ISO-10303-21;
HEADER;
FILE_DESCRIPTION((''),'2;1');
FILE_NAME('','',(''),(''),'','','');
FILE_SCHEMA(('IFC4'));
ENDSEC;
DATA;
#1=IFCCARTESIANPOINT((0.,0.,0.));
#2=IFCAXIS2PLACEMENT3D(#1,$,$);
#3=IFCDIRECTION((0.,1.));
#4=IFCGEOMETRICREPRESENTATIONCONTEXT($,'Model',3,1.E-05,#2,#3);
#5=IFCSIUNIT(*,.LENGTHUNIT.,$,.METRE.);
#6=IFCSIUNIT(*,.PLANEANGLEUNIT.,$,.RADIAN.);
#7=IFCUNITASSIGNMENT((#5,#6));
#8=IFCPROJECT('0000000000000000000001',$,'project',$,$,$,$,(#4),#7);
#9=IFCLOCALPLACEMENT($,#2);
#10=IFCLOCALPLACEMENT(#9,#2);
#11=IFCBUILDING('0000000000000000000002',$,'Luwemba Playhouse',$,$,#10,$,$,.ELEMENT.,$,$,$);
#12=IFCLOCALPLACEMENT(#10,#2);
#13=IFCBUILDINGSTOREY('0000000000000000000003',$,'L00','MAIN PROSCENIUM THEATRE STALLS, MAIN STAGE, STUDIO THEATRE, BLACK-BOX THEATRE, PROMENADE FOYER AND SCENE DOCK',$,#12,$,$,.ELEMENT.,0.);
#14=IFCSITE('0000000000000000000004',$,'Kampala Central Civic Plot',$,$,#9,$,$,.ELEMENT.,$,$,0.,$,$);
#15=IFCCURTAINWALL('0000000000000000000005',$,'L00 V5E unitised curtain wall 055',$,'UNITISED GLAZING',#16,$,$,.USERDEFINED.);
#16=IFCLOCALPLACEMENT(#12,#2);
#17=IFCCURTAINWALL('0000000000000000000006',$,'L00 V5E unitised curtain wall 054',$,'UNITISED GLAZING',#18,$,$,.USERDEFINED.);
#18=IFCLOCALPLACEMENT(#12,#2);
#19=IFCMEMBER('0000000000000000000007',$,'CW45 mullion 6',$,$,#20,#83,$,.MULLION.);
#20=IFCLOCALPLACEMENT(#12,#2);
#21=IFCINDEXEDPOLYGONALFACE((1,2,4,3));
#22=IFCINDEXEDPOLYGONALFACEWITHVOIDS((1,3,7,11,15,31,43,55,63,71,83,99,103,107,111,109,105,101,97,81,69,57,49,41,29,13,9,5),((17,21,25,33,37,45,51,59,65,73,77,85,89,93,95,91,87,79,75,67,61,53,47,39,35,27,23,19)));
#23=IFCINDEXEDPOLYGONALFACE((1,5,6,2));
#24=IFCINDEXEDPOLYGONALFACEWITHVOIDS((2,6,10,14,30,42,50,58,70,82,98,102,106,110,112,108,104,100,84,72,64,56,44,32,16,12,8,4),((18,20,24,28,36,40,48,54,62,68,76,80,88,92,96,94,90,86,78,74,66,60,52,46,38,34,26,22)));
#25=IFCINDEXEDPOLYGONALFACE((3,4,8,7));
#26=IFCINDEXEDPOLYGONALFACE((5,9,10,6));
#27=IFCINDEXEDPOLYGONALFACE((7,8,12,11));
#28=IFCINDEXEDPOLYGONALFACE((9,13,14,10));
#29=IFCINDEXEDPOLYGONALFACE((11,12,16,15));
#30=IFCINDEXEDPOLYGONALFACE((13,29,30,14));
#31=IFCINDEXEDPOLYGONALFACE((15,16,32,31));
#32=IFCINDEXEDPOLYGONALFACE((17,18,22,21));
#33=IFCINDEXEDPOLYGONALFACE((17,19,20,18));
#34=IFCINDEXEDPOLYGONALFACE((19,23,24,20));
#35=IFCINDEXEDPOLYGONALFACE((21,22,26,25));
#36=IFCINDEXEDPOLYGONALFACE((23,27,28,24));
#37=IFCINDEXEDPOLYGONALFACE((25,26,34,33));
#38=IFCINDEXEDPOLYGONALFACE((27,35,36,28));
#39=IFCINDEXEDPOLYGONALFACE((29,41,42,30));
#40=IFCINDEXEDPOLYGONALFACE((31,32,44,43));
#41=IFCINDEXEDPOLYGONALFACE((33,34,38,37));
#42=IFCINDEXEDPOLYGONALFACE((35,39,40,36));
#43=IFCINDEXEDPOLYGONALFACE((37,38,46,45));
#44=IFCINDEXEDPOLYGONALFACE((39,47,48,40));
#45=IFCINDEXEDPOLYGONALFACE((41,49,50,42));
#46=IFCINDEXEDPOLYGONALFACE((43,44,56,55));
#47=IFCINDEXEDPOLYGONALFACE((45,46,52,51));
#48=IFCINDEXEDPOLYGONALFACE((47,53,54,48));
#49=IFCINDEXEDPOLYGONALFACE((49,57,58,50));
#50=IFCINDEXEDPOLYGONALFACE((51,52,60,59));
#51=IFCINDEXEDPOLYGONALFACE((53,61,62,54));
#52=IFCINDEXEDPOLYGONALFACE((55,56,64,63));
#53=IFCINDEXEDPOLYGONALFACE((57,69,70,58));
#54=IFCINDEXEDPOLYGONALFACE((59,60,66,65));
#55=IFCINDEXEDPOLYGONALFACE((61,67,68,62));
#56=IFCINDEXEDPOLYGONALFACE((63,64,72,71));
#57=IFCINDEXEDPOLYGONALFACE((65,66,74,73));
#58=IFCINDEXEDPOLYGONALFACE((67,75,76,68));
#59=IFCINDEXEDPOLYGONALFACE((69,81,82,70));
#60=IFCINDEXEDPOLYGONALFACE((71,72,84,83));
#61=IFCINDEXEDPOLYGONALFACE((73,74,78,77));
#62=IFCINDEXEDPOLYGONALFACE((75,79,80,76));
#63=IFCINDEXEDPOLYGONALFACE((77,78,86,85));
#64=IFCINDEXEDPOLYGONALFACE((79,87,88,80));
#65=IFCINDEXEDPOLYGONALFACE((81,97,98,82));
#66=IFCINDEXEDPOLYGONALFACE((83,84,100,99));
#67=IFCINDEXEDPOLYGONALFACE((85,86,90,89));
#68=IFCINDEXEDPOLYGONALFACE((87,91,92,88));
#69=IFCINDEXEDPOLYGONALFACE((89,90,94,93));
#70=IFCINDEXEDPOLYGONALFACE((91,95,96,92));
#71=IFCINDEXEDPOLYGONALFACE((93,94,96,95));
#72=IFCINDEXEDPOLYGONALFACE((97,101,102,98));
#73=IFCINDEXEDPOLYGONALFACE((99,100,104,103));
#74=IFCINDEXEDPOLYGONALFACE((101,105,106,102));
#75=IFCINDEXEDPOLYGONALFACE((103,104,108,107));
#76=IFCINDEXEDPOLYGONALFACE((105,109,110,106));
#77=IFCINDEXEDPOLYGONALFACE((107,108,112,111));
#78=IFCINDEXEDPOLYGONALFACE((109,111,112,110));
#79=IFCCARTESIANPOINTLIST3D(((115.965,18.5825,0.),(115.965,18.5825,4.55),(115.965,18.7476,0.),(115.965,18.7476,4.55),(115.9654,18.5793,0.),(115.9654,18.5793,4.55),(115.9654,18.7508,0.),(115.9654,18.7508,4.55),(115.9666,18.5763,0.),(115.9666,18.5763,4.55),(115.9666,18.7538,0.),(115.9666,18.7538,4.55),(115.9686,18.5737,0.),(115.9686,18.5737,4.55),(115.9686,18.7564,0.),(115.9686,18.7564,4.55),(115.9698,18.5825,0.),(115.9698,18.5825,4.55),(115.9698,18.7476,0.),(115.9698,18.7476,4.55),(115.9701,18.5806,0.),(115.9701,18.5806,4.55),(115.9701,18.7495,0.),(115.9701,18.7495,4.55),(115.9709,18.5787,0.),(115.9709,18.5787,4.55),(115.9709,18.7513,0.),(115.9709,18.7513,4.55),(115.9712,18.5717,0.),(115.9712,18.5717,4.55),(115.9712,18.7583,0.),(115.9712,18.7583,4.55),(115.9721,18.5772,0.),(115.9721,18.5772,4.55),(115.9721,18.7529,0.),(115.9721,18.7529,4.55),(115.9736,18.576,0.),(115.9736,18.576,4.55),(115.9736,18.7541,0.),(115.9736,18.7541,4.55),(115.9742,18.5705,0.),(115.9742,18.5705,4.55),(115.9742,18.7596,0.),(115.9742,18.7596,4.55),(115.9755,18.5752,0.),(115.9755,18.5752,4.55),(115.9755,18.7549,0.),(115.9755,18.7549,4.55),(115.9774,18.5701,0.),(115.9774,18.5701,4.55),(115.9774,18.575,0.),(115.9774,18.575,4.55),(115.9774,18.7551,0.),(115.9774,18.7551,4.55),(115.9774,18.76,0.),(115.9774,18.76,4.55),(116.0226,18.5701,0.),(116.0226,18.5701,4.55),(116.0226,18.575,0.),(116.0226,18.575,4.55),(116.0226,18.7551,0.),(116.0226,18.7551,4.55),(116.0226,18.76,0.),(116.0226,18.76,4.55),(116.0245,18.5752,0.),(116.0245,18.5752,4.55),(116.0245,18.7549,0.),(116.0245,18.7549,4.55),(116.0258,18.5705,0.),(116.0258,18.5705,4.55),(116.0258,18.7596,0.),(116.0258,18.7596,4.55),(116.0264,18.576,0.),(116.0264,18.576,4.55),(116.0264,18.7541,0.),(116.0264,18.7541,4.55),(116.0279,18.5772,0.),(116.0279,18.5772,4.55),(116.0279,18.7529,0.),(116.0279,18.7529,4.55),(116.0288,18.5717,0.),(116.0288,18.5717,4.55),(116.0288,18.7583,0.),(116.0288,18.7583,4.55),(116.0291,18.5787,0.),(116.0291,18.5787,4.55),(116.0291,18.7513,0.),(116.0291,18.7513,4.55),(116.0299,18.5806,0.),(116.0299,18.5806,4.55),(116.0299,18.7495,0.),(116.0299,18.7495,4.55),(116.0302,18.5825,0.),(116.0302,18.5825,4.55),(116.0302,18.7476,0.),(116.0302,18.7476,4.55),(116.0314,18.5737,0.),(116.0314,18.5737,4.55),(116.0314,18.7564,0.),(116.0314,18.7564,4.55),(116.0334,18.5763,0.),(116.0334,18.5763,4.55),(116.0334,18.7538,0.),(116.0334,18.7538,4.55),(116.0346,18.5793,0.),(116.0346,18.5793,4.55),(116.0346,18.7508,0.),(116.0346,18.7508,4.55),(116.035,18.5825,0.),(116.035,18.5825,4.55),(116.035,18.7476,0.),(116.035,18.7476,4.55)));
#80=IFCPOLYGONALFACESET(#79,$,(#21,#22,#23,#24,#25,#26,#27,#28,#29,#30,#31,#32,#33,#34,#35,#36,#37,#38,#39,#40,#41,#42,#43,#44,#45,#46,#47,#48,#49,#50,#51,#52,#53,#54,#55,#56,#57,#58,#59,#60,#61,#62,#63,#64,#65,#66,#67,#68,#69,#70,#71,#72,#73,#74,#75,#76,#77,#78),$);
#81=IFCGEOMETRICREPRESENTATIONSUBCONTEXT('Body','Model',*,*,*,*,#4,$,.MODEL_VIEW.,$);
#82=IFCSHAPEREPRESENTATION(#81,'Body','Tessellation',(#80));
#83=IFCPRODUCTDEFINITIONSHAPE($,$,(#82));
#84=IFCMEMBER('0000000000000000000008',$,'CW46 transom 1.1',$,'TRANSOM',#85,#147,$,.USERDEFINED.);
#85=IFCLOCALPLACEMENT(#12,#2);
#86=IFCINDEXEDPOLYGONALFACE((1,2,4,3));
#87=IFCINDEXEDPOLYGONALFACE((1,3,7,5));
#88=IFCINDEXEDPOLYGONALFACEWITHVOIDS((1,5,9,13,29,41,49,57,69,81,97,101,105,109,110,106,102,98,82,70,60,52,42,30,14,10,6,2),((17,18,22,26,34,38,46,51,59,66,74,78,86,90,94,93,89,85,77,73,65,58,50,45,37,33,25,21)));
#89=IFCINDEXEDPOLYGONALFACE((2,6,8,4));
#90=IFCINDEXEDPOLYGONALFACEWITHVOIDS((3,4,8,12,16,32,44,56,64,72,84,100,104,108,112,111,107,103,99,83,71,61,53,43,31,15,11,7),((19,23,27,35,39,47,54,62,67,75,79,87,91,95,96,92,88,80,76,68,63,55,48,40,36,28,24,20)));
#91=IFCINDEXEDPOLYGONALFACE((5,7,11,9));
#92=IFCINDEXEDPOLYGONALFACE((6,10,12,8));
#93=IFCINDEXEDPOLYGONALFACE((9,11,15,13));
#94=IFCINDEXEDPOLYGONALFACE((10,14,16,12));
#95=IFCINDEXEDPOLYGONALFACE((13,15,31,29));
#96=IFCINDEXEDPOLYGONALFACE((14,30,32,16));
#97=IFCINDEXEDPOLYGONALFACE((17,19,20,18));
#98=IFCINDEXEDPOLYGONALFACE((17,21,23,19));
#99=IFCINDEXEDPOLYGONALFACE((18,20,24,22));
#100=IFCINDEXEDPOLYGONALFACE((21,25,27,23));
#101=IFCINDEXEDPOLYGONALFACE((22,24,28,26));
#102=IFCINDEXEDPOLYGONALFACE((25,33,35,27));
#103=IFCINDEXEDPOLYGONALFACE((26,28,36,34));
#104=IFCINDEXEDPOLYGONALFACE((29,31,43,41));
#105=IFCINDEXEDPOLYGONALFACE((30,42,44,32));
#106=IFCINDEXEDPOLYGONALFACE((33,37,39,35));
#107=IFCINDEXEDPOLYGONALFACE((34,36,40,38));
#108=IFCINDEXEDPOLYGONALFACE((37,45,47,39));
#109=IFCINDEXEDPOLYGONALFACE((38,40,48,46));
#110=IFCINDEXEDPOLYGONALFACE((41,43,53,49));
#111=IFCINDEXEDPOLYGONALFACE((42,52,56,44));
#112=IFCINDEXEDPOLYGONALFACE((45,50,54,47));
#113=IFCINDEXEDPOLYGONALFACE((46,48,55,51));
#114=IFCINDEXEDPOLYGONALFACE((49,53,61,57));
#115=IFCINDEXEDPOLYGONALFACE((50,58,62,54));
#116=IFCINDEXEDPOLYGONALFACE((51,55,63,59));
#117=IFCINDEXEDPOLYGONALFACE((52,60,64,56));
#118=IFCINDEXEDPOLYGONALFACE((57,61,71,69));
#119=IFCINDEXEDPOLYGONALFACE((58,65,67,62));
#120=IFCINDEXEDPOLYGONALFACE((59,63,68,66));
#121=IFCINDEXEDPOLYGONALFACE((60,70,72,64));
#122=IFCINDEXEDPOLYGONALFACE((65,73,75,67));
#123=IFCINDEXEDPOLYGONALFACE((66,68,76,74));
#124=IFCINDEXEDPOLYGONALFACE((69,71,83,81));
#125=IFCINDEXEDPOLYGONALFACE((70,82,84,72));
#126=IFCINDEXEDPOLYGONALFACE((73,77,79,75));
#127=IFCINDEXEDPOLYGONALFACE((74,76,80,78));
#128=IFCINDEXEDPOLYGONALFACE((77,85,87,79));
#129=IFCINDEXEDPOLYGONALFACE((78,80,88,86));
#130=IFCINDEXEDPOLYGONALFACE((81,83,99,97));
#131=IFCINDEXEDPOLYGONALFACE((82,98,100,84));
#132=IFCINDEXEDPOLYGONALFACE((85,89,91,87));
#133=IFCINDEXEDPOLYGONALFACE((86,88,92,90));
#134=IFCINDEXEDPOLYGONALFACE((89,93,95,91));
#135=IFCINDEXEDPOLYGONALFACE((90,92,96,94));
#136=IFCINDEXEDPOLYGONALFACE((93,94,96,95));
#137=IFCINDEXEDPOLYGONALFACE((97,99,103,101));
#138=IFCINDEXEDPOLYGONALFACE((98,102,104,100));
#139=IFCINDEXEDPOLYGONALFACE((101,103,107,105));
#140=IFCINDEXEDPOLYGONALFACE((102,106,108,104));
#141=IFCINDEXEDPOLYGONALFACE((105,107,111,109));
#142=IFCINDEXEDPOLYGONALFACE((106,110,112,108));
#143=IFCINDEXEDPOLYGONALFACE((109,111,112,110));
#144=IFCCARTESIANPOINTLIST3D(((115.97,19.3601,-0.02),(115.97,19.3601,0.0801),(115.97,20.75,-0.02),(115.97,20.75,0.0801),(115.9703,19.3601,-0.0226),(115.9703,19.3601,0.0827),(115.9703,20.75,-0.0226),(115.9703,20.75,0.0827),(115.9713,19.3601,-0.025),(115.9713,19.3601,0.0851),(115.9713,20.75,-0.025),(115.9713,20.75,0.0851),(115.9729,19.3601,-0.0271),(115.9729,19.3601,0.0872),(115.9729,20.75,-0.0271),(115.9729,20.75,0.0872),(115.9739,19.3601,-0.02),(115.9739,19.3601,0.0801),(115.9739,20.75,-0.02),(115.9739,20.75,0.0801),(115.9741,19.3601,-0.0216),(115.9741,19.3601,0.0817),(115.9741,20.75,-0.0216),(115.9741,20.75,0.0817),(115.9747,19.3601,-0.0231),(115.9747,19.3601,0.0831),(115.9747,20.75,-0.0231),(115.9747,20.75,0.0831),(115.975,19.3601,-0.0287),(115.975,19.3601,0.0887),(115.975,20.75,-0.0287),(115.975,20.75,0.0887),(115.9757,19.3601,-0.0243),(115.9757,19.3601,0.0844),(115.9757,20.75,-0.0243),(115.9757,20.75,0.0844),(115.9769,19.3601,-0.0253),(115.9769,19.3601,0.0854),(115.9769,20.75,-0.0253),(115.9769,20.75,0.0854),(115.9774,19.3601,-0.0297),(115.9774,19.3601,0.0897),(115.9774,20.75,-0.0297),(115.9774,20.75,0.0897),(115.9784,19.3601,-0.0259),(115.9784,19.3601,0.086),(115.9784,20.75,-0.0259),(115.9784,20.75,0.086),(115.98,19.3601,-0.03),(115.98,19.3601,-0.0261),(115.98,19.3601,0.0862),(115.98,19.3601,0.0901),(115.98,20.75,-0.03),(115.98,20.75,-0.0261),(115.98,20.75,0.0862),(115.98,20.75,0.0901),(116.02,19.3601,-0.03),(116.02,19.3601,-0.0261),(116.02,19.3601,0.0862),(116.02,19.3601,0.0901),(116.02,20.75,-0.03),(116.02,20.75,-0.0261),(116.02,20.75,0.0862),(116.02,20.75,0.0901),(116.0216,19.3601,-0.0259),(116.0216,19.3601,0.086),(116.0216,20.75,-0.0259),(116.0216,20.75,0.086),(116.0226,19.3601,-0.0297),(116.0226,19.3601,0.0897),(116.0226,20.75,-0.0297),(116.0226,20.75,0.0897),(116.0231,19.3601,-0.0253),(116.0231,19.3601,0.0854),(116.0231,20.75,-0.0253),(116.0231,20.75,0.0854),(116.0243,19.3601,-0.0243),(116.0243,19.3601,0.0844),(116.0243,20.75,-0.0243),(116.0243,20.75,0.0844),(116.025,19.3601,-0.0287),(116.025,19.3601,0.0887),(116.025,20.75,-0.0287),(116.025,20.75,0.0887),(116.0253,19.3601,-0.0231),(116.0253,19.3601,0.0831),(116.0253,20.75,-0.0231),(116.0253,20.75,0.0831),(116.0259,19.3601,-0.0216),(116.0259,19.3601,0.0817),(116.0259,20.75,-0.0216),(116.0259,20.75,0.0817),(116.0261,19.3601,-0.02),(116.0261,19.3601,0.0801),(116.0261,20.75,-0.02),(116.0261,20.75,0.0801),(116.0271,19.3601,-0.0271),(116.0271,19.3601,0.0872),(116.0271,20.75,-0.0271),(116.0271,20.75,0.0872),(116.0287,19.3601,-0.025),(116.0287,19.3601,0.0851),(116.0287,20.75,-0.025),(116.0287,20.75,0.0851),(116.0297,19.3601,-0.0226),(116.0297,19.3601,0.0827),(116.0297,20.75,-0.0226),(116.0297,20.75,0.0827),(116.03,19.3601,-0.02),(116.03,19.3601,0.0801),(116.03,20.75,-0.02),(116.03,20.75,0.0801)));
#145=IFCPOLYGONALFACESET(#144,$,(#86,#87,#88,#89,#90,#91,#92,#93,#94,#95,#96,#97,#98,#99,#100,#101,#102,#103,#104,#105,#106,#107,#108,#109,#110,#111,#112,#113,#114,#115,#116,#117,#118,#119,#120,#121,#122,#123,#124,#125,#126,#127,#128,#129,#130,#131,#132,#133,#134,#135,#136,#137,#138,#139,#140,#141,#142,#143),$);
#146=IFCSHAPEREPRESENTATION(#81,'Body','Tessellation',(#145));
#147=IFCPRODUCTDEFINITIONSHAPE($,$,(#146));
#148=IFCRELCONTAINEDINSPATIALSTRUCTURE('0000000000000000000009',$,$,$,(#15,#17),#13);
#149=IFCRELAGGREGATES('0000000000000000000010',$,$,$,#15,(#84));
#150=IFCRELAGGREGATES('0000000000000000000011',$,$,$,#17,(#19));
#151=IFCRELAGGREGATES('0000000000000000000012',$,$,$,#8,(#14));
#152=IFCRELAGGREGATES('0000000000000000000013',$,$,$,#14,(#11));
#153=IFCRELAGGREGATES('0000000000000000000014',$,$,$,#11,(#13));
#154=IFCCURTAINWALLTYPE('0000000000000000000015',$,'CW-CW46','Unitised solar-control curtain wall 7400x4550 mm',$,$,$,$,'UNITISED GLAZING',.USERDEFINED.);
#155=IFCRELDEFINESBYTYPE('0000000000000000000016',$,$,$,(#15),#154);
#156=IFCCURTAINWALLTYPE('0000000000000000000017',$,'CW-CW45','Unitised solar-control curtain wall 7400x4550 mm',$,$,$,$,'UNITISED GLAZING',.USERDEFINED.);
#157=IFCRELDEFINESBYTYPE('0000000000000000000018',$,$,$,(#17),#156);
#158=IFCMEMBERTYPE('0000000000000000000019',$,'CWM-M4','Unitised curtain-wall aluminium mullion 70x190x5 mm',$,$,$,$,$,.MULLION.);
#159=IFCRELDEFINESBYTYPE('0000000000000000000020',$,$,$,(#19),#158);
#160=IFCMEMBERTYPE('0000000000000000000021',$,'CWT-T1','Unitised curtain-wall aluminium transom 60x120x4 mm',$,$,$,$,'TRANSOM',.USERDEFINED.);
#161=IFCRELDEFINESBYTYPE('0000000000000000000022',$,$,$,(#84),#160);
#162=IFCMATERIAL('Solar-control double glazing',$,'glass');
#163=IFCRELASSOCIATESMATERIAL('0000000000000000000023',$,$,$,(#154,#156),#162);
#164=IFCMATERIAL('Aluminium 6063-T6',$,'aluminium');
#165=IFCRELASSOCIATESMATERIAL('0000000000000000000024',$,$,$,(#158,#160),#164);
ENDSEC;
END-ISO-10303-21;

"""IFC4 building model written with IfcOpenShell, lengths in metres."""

from ifc_helpers import new_model, si_unit, direction, frame, origin, origin_2d, place, context, subcontext, project, spatial, hollow_rectangle, extrude, material, material_profile, profile_set, type_object, element, aggregate, save


model = new_model("IFC4")

# Units and contexts
model_context = context("Model", 3, precision=1e-05, world=origin(), true_north=direction((0.0, 1.0)))
body_context = subcontext(model_context, "Body", "Model", "MODEL_VIEW")
ifc_project = project(units=[si_unit("LENGTHUNIT", "METRE"), si_unit("PLANEANGLEUNIT", "RADIAN")], contexts=[model_context])

# Site, building, storey
site_placement = place(None, origin())
site = spatial("IfcSite", under=ifc_project, at=site_placement, Name="Kampala Central Civic Plot", CompositionType="ELEMENT", RefElevation=0.0)
building_placement = place(site_placement, origin())
building = spatial("IfcBuilding", under=site, at=building_placement, Name="Luwemba Playhouse", CompositionType="ELEMENT")
storey_placement = place(building_placement, origin())
storey = spatial("IfcBuildingStorey", under=building, at=storey_placement, Name="L00", Description="MAIN PROSCENIUM THEATRE STALLS, MAIN STAGE, STUDIO THEATRE, BLACK-BOX THEATRE, PROMENADE FOYER AND SCENE DOCK", CompositionType="ELEMENT", Elevation=0.0)

# Curtain wall
ifc_material_1 = material(Name="Solar-control double glazing", Category="glass")
curtain_wall_type_1 = type_object("IfcCurtainWallType", Name="CW-CW46", Description="Unitised solar-control curtain wall 7400x4550 mm", ElementType="UNITISED GLAZING", PredefinedType="USERDEFINED", material=ifc_material_1)
curtain_wall_1_placement = place(storey_placement, origin())
curtain_wall_1 = element("IfcCurtainWall", 1, at=curtain_wall_1_placement, inside=storey, type_object=curtain_wall_type_1, Name="L00 V5E unitised curtain wall 055", ObjectType="UNITISED GLAZING", PredefinedType="USERDEFINED")
ifc_material_2 = material(Name="Aluminium 6063-T6", Category="aluminium")

# Curtain wall, member
curtain_wall_type_2 = type_object("IfcCurtainWallType", Name="CW-CW45", Description="Unitised solar-control curtain wall 7400x4550 mm", ElementType="UNITISED GLAZING", PredefinedType="USERDEFINED", material=ifc_material_1)
curtain_wall_2_placement = place(storey_placement, origin())
curtain_wall_2 = element("IfcCurtainWall", 2, at=curtain_wall_2_placement, inside=storey, type_object=curtain_wall_type_2, Name="L00 V5E unitised curtain wall 054", ObjectType="UNITISED GLAZING", PredefinedType="USERDEFINED")
ifc_material_profile_1 = material_profile(ifc_material_2, hollow_rectangle(XDim=0.0701, YDim=0.1899, WallThickness=0.0049, InnerFilletRadius=0.0076, OuterFilletRadius=0.0125, at=origin_2d()))
ifc_profile_set_1 = profile_set([ifc_material_profile_1], Name="Aluminium 6063-T6")
member_type_1 = type_object("IfcMemberType", Name="CWM-M4", Description="Unitised curtain-wall aluminium mullion 70x190x5 mm", PredefinedType="MULLION", material=ifc_profile_set_1)
member_1_placement = place(storey_placement, frame((116.0, 18.665, 0.0), z_axis=(0.0, 0.0, 1.0), x_axis=(-1.0, 0.0, 0.0)))
member_1 = element("IfcMember", 3, at=member_1_placement, type_object=member_type_1, Name="CW45 mullion 6", PredefinedType="MULLION", context=body_context, shape_type="SweptSolid", body=[
    extrude(hollow_rectangle(XDim=0.0701, YDim=0.1899, WallThickness=0.0049, InnerFilletRadius=0.0076, OuterFilletRadius=0.0125, at=origin_2d()), origin(), (0.0, 0.0, 1.0), 4.55),
])

# Member
ifc_material_profile_2 = material_profile(ifc_material_2, hollow_rectangle(XDim=0.0601, YDim=0.1201, WallThickness=0.0039, InnerFilletRadius=0.0061, OuterFilletRadius=0.01, at=origin_2d()))
ifc_profile_set_2 = profile_set([ifc_material_profile_2], Name="Aluminium 6063-T6")
member_type_2 = type_object("IfcMemberType", Name="CWT-T1", Description="Unitised curtain-wall aluminium transom 60x120x4 mm", ElementType="TRANSOM", PredefinedType="USERDEFINED", material=ifc_profile_set_2)
member_2_placement = place(storey_placement, frame((116.0, 19.3601, 0.03), z_axis=(0.0, 1.0, 0.0), x_axis=(-1.0, 0.0, 0.0)))
member_2 = element("IfcMember", 4, at=member_2_placement, type_object=member_type_2, Name="CW46 transom 1.1", ObjectType="TRANSOM", PredefinedType="USERDEFINED", context=body_context, shape_type="SweptSolid", body=[
    extrude(hollow_rectangle(XDim=0.0601, YDim=0.1201, WallThickness=0.0039, InnerFilletRadius=0.0061, OuterFilletRadius=0.01, at=origin_2d()), origin(), (0.0, 0.0, 1.0), 1.3899),
])

aggregate(curtain_wall_1, [member_2])
aggregate(curtain_wall_2, [member_1])

save(model, "model.ifc")
